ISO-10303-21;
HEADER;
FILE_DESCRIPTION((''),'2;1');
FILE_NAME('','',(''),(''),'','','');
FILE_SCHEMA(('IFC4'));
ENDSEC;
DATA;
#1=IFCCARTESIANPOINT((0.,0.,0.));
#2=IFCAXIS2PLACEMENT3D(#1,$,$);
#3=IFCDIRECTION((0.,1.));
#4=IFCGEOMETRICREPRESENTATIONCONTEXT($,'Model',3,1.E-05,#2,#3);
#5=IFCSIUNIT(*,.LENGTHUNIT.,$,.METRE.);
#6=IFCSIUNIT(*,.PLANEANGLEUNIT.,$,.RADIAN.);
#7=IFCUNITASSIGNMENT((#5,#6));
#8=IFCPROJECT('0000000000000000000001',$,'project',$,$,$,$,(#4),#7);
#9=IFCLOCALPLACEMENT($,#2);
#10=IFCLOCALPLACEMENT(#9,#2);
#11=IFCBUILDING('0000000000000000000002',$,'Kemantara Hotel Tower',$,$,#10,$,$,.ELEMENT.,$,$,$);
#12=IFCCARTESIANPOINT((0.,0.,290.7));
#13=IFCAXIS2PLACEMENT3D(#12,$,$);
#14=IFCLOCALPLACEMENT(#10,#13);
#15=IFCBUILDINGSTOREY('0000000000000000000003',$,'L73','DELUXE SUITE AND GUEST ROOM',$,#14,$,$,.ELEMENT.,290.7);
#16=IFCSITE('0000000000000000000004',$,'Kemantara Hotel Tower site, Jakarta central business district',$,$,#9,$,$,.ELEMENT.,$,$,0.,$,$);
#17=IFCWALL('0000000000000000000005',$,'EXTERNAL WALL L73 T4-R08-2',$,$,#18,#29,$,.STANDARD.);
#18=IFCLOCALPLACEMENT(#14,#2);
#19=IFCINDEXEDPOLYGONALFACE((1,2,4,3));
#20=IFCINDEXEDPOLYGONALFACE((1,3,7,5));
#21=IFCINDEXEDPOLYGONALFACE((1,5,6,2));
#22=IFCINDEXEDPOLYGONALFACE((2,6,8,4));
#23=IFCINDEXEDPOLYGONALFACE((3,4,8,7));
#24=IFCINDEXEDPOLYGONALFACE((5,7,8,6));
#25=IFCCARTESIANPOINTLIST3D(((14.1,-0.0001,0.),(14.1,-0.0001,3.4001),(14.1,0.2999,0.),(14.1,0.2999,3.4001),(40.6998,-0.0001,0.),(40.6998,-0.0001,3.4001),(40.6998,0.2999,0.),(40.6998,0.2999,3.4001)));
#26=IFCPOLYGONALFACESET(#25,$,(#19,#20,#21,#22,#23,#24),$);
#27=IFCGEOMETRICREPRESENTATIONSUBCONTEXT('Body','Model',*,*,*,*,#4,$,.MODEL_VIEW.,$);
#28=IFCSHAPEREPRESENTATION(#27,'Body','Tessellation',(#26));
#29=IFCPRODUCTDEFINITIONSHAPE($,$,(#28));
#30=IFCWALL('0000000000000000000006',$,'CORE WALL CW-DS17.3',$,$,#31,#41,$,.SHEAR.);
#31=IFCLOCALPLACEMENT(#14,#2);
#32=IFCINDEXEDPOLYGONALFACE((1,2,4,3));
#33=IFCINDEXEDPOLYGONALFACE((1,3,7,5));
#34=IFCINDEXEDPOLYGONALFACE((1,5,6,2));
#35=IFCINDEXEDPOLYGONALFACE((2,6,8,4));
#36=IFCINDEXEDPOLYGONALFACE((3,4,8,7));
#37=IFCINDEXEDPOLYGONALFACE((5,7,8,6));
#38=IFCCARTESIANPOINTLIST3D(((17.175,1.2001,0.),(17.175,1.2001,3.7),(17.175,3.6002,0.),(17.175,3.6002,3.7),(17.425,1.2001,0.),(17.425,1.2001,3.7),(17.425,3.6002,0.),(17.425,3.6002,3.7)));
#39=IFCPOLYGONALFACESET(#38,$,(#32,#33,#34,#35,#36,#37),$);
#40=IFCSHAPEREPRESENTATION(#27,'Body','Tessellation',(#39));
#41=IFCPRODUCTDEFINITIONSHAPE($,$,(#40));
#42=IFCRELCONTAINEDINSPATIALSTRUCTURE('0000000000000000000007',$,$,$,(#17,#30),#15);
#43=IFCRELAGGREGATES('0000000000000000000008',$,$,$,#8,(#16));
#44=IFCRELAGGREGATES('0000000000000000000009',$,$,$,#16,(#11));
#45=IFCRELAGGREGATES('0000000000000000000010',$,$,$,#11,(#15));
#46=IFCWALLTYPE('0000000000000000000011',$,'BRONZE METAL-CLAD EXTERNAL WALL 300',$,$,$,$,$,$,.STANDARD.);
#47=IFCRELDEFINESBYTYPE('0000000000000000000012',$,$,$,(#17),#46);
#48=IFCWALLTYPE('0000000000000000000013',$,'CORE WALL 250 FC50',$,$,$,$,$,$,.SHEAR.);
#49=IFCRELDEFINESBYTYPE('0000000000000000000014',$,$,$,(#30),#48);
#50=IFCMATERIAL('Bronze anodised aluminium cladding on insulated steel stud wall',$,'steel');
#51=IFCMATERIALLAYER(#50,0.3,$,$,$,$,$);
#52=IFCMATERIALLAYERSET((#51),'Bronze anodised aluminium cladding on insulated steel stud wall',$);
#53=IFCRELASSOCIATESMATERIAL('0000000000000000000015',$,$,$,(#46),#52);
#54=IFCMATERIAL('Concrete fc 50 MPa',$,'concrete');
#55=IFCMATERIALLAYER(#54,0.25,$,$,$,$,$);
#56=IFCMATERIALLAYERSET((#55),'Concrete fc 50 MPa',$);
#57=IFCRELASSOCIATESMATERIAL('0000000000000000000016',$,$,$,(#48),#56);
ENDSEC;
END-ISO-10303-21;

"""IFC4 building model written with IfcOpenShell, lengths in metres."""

from ifc_helpers import new_model, si_unit, direction, frame, frame_2d, origin, place, context, subcontext, project, spatial, rectangle, extrude, material, layer, layer_set, type_object, element, save


model = new_model("IFC4")

# Units and contexts
model_context = context("Model", 3, precision=1e-05, world=origin(), true_north=direction((0.0, 1.0)))
body_context = subcontext(model_context, "Body", "Model", "MODEL_VIEW")
ifc_project = project(units=[si_unit("LENGTHUNIT", "METRE"), si_unit("PLANEANGLEUNIT", "RADIAN")], contexts=[model_context])

# Site, building, storey
site_placement = place(None, origin())
site = spatial("IfcSite", under=ifc_project, at=site_placement, Name="Kemantara Hotel Tower site, Jakarta central business district", CompositionType="ELEMENT", RefElevation=0.0)
building_placement = place(site_placement, origin())
building = spatial("IfcBuilding", under=site, at=building_placement, Name="Kemantara Hotel Tower", CompositionType="ELEMENT")
storey_placement = place(building_placement, frame((0.0, 0.0, 290.7)))
storey = spatial("IfcBuildingStorey", under=building, at=storey_placement, Name="L73", Description="DELUXE SUITE AND GUEST ROOM", CompositionType="ELEMENT", Elevation=290.7)

# Walls
ifc_material_1 = material(Name="Bronze anodised aluminium cladding on insulated steel stud wall", Category="steel")
ifc_layer_1 = layer(ifc_material_1, 0.3)
ifc_layer_set_1 = layer_set([ifc_layer_1], Name="Bronze anodised aluminium cladding on insulated steel stud wall")
wall_type_1 = type_object("IfcWallType", Name="BRONZE METAL-CLAD EXTERNAL WALL 300", PredefinedType="STANDARD", material=ifc_layer_set_1)
wall_1_placement = place(storey_placement, frame((14.1001, 0.1499, 0.0), z_axis=(0.0, 0.0, 1.0), x_axis=(1.0, 0.0, 0.0)))
element("IfcWall", 1, at=wall_1_placement, inside=storey, type_object=wall_type_1, Name="EXTERNAL WALL L73 T4-R08-2", PredefinedType="STANDARD", context=body_context, shape_type="SweptSolid", body=[
    extrude(rectangle(XDim=26.5999, YDim=0.3, at=frame_2d((13.2998, 0.0))), origin(), (0.0, 0.0, 1.0), 3.4001),
])
ifc_material_2 = material(Name="Concrete fc 50 MPa", Category="concrete")
ifc_layer_2 = layer(ifc_material_2, 0.25)
ifc_layer_set_2 = layer_set([ifc_layer_2], Name="Concrete fc 50 MPa")
wall_type_2 = type_object("IfcWallType", Name="CORE WALL 250 FC50", PredefinedType="SHEAR", material=ifc_layer_set_2)
wall_2_placement = place(storey_placement, frame((17.3, 1.2, 0.0), z_axis=(0.0, 0.0, 1.0), x_axis=(0.0, 1.0, 0.0)))
element("IfcWall", 2, at=wall_2_placement, inside=storey, type_object=wall_type_2, Name="CORE WALL CW-DS17.3", PredefinedType="SHEAR", context=body_context, shape_type="SweptSolid", body=[
    extrude(rectangle(XDim=2.4001, YDim=0.25, at=frame_2d((1.2002, 0.0))), origin(), (0.0, 0.0, 1.0), 3.7),
])

save(model, "model.ifc")
